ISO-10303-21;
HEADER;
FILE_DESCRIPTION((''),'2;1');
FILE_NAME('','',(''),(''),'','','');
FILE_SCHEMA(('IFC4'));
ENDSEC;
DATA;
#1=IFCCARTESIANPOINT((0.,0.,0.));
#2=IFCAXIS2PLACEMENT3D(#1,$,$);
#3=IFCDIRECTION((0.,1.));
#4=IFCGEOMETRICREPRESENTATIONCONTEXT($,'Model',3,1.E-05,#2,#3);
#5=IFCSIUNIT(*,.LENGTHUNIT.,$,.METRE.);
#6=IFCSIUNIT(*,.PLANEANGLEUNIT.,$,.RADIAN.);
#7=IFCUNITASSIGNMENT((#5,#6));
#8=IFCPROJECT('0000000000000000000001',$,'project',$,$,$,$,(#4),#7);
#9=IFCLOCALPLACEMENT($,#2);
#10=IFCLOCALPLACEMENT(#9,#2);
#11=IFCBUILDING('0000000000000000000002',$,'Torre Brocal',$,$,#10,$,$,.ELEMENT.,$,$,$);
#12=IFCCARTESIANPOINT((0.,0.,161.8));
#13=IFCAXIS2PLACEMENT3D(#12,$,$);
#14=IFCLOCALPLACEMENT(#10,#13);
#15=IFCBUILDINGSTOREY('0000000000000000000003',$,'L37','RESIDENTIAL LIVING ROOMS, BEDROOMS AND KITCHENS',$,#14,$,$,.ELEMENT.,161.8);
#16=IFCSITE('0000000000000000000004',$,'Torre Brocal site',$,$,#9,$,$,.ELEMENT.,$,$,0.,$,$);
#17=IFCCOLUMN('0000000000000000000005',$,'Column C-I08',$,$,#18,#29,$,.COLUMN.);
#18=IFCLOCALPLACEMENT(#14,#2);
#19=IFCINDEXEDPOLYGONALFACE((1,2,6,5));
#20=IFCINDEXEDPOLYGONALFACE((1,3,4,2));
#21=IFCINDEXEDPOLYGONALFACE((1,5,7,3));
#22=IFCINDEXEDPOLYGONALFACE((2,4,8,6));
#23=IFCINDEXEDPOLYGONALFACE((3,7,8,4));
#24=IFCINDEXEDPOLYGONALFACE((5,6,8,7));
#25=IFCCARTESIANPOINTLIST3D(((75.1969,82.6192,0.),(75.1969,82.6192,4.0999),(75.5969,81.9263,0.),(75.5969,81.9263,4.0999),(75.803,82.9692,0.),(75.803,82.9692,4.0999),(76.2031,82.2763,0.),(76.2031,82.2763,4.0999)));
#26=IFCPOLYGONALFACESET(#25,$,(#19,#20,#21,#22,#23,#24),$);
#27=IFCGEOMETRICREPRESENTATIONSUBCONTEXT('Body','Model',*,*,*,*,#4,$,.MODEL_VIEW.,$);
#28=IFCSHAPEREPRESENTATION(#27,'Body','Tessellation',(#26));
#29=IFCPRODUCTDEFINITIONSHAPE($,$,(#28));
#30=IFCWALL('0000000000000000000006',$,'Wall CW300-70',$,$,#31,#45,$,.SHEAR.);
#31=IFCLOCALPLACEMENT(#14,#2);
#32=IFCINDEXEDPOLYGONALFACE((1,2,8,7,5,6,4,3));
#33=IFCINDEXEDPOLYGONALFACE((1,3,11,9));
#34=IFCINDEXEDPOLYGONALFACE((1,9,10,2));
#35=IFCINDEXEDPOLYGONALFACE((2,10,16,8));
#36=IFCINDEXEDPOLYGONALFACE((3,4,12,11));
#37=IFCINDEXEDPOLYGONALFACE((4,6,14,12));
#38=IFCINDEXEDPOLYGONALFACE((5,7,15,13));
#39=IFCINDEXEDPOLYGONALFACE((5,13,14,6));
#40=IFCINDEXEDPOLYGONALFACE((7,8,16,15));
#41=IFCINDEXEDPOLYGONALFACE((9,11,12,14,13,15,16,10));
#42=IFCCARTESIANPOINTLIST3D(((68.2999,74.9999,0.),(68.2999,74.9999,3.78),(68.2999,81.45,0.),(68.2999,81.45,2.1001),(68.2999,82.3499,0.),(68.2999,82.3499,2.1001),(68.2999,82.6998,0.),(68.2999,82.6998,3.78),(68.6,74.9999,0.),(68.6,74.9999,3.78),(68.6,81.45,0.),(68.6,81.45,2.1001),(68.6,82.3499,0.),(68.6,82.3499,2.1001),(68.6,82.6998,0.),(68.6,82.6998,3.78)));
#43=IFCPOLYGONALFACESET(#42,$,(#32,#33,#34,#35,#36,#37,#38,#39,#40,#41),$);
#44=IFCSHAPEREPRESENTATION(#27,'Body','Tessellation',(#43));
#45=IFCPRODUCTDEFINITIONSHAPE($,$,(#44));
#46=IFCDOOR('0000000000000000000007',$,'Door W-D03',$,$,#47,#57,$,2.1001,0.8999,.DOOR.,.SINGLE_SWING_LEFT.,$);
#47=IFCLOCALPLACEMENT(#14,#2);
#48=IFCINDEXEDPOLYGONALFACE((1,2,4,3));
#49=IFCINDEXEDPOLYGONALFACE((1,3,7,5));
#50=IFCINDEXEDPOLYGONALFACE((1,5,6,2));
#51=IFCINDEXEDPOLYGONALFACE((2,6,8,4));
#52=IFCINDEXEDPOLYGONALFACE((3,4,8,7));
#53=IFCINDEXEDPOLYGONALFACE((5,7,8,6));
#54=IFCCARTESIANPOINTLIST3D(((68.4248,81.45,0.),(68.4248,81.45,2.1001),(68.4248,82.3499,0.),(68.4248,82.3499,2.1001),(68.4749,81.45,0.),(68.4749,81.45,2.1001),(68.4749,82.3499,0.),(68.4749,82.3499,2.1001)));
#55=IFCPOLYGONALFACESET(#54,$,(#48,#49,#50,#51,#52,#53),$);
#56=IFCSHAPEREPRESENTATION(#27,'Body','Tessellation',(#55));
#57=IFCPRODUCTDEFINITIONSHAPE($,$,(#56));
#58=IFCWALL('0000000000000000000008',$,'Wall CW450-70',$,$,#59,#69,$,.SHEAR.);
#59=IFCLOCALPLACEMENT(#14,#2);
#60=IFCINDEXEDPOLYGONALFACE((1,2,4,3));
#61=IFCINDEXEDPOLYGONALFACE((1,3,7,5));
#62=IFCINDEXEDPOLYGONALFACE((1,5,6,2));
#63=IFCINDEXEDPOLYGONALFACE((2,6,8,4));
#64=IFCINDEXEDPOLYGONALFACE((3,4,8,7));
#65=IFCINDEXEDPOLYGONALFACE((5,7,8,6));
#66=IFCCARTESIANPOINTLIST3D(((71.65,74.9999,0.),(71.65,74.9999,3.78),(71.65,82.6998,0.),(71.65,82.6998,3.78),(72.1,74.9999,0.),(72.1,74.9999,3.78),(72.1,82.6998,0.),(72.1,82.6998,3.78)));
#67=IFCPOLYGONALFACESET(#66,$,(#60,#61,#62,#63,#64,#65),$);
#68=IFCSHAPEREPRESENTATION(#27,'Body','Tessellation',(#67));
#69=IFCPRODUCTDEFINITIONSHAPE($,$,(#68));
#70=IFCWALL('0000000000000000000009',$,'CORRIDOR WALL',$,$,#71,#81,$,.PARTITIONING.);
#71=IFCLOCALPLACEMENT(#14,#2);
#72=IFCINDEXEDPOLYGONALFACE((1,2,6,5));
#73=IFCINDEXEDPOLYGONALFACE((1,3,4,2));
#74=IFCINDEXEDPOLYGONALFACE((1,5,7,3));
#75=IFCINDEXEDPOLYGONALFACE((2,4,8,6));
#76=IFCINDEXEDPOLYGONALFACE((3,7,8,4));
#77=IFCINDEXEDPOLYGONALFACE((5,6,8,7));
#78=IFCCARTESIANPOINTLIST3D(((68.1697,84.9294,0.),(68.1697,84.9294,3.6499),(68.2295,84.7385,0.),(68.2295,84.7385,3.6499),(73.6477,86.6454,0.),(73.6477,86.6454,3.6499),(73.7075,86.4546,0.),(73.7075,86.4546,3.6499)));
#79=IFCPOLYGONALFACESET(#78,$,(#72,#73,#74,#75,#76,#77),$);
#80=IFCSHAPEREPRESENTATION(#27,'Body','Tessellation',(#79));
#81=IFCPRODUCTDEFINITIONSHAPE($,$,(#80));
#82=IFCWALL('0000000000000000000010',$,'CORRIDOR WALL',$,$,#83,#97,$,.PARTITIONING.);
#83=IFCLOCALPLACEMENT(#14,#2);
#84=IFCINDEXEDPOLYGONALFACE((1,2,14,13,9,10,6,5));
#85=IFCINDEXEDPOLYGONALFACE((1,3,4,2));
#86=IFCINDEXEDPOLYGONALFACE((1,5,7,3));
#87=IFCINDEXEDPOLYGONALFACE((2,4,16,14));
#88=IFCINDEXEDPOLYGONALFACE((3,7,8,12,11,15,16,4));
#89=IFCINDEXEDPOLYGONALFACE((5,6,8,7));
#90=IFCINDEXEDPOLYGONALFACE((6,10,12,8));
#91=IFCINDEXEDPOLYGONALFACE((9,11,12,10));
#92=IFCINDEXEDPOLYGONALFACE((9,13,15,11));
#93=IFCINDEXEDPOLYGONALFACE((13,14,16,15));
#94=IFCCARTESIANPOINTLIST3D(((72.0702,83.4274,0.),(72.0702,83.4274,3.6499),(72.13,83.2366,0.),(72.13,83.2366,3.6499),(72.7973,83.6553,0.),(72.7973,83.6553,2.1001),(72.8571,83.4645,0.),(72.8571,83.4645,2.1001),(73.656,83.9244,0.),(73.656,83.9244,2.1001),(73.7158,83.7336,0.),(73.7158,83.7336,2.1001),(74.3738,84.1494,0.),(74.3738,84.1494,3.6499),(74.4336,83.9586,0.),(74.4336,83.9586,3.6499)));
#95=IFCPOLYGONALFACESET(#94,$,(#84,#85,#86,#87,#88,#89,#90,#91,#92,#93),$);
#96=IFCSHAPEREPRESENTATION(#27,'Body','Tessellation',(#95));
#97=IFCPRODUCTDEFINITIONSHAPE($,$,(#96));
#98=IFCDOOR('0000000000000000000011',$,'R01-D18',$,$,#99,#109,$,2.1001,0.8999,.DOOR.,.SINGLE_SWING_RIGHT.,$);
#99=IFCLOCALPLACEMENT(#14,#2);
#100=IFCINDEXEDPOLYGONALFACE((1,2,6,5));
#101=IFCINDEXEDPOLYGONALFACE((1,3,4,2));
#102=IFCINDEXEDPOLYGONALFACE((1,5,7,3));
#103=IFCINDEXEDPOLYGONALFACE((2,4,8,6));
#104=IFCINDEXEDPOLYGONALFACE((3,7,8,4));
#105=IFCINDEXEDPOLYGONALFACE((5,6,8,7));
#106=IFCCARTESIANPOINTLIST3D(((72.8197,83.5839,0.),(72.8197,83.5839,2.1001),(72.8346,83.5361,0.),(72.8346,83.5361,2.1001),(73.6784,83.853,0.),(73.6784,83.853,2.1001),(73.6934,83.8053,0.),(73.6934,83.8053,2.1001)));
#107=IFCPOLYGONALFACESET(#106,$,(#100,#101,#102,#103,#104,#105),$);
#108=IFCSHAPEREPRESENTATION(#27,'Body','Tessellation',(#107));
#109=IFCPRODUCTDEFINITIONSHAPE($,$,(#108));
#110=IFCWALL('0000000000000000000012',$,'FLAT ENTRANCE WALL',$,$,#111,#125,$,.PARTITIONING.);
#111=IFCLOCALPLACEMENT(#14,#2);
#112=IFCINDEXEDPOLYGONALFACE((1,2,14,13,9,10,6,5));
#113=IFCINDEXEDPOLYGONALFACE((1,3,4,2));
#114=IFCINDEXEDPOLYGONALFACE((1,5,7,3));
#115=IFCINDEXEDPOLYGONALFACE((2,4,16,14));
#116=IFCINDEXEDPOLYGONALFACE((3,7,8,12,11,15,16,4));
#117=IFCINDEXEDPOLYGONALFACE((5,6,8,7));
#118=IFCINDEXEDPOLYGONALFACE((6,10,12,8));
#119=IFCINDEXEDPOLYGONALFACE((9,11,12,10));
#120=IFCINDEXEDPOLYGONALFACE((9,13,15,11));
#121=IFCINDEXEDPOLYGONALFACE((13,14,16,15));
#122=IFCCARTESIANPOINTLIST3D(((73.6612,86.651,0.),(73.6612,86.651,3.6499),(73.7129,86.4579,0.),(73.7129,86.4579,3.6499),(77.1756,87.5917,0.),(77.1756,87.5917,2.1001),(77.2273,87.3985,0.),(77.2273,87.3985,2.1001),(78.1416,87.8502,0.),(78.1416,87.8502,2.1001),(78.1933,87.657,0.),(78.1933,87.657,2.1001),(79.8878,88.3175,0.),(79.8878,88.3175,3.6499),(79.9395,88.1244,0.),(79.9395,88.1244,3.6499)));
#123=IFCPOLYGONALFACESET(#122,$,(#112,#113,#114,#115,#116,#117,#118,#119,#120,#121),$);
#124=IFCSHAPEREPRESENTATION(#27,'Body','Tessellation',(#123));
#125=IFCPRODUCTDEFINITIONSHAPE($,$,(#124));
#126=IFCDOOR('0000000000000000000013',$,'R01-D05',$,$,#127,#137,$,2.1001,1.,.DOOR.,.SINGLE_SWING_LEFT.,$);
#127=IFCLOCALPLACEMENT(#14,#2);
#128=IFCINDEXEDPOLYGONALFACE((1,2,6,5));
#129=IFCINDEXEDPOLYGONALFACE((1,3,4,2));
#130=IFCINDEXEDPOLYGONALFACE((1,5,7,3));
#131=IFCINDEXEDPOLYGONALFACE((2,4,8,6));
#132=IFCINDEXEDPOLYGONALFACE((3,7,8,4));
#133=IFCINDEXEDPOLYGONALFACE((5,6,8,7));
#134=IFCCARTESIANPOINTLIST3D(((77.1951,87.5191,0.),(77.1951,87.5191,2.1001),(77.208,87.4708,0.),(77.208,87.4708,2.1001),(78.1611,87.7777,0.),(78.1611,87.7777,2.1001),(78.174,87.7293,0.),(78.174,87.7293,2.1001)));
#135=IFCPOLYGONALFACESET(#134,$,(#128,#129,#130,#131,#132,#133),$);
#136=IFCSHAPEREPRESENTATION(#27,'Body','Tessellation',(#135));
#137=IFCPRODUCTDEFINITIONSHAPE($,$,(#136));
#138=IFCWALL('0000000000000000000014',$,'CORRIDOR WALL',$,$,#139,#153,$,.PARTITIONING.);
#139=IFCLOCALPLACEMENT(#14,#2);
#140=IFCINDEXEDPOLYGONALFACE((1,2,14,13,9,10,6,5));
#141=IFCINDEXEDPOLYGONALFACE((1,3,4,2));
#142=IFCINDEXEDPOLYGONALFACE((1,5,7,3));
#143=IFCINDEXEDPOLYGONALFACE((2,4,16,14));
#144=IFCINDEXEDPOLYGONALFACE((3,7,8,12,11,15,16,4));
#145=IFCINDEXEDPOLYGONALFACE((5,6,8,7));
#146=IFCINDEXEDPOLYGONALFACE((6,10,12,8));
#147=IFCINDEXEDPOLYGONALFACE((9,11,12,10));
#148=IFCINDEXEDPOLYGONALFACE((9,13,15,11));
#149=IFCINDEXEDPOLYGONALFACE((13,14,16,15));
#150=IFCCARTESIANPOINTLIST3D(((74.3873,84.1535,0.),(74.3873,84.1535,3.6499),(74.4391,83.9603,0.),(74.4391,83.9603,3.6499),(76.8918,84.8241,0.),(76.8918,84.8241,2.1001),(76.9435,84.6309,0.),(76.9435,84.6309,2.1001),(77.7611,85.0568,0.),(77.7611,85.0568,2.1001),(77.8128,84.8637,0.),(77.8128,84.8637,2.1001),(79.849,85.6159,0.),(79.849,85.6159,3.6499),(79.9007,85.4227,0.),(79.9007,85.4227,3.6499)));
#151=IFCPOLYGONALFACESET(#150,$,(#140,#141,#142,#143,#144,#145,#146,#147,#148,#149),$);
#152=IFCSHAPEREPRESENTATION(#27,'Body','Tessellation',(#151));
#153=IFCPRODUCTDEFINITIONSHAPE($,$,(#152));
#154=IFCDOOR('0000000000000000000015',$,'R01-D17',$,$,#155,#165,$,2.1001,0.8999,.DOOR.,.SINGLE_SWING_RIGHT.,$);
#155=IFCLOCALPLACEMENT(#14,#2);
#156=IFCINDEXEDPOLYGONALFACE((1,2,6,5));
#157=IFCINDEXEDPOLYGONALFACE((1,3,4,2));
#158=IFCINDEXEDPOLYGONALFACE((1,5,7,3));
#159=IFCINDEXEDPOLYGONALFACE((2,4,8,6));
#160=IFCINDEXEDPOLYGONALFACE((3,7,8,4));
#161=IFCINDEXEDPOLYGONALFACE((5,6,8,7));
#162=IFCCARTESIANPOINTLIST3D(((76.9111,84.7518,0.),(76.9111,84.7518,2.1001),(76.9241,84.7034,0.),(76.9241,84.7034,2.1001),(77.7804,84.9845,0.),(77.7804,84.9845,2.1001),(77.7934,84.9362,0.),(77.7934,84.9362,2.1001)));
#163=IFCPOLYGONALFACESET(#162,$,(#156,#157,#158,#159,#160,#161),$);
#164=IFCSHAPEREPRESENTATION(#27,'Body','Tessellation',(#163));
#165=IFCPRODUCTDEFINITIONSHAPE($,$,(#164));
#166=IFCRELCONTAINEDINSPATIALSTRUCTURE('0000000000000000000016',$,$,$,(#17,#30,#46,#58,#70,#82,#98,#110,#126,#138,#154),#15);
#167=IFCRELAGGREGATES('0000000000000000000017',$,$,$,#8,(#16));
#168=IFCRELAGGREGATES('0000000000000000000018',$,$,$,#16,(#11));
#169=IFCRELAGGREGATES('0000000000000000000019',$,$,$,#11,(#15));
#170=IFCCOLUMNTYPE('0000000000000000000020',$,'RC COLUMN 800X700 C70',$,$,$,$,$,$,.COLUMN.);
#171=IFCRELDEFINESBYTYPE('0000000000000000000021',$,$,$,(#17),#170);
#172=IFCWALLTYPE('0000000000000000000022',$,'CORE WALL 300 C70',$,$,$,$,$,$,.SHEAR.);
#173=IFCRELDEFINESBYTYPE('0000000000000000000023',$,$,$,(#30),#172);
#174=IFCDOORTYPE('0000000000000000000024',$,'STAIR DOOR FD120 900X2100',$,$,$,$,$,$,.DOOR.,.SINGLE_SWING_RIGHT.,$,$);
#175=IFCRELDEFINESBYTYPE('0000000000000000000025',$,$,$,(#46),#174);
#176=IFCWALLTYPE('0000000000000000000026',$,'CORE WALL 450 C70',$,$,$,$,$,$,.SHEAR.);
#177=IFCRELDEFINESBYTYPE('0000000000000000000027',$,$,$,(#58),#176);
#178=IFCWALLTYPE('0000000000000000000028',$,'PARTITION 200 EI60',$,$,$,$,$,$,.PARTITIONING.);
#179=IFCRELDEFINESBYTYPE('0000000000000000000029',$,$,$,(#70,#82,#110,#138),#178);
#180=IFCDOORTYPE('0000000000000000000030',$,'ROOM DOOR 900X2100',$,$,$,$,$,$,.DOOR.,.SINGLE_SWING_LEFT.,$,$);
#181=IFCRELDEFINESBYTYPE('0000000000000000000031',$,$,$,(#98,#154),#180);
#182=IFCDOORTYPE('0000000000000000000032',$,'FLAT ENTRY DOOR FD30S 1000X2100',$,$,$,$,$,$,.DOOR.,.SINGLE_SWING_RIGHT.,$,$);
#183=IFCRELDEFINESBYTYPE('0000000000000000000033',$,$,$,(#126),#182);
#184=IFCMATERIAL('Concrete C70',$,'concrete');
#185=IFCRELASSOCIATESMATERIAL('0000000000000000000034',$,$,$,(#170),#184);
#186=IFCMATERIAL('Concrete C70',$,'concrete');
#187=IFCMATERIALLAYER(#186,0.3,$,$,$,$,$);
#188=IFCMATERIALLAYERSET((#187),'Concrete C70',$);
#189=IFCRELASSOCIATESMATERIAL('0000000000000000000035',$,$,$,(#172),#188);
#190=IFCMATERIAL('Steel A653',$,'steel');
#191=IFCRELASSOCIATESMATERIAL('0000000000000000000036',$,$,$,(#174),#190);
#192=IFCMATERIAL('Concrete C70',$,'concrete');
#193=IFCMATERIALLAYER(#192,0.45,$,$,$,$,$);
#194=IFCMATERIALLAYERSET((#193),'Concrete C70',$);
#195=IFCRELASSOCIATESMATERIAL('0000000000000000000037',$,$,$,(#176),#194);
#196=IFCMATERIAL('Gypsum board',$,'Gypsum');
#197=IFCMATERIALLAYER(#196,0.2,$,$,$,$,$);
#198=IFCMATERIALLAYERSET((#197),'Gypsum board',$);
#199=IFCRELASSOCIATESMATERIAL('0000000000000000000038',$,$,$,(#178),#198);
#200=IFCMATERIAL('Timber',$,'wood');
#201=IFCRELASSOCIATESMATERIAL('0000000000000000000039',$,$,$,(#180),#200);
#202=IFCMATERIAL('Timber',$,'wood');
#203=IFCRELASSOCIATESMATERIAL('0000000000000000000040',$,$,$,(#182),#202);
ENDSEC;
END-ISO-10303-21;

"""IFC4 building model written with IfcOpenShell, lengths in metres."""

from ifc_helpers import new_model, si_unit, direction, frame, frame_2d, origin, origin_2d, place, context, subcontext, project, spatial, rectangle, extrude, material, layer, layer_set, material_profile, profile_set, type_object, element, fill, save


model = new_model("IFC4")

# Units and contexts
model_context = context("Model", 3, precision=1e-05, world=origin(), true_north=direction((0.0, 1.0)))
body_context = subcontext(model_context, "Body", "Model", "MODEL_VIEW")
ifc_project = project(units=[si_unit("LENGTHUNIT", "METRE"), si_unit("PLANEANGLEUNIT", "RADIAN")], contexts=[model_context])

# Site, building, storey
site_placement = place(None, origin())
site = spatial("IfcSite", under=ifc_project, at=site_placement, Name="Torre Brocal site", CompositionType="ELEMENT", RefElevation=0.0)
building_placement = place(site_placement, origin())
building = spatial("IfcBuilding", under=site, at=building_placement, Name="Torre Brocal", CompositionType="ELEMENT")
storey_placement = place(building_placement, frame((0.0, 0.0, 161.8)))
storey = spatial("IfcBuildingStorey", under=building, at=storey_placement, Name="L37", Description="RESIDENTIAL LIVING ROOMS, BEDROOMS AND KITCHENS", CompositionType="ELEMENT", Elevation=161.8)

# Column
ifc_material_1 = material(Name="Concrete C70", Category="concrete")
ifc_material_profile = material_profile(ifc_material_1, rectangle(XDim=0.8, YDim=0.7, at=origin_2d()), Name="RC 800X700")
ifc_profile_set = profile_set([ifc_material_profile], Name="Concrete C70")
column_type = type_object("IfcColumnType", Name="RC COLUMN 800X700 C70", PredefinedType="COLUMN", material=ifc_profile_set)
column_placement = place(storey_placement, frame((75.7, 82.4478, 0.0), z_axis=(0.0, 0.0, 1.0), x_axis=(-0.5, 0.866025, 0.0)))
element("IfcColumn", 1, at=column_placement, inside=storey, type_object=column_type, Name="Column C-I08", PredefinedType="COLUMN", context=body_context, shape_type="SweptSolid", body=[
    extrude(rectangle(XDim=0.8, YDim=0.7, at=origin_2d()), origin(), (0.0, 0.0, 1.0), 4.0999),
])

# Wall, opening, door
ifc_material_2 = material(Name="Concrete C70", Category="concrete")
ifc_layer_1 = layer(ifc_material_2, 0.3)
ifc_layer_set_1 = layer_set([ifc_layer_1], Name="Concrete C70")
wall_type_1 = type_object("IfcWallType", Name="CORE WALL 300 C70", PredefinedType="SHEAR", material=ifc_layer_set_1)
wall_1_placement = place(storey_placement, frame((68.45, 82.7, 0.0), z_axis=(0.0, 0.0, 1.0), x_axis=(0.0, -1.0, 0.0)))
wall_1 = element("IfcWall", 2, at=wall_1_placement, inside=storey, type_object=wall_type_1, Name="Wall CW300-70", PredefinedType="SHEAR", context=body_context, shape_type="SweptSolid", body=[
    extrude(rectangle(XDim=7.7, YDim=0.3, at=frame_2d((3.8501, 0.0))), origin(), (0.0, 0.0, 1.0), 3.78),
])
opening_1_placement = place(wall_1_placement, frame((0.3501, 0.0, 0.0)))
opening_1 = element("IfcOpeningElement", 3, at=opening_1_placement, cuts=wall_1, PredefinedType="OPENING", context=body_context, shape_type="SweptSolid", body=[
    extrude(rectangle(XDim=0.8999, YDim=2.1001, at=frame_2d((0.45, 1.05))), frame((0.0, 0.1599, 0.0), z_axis=(0.0, -1.0, 0.0), x_axis=(1.0, 0.0, 0.0)), (0.0, 0.0, 1.0), 0.3201),
])
ifc_material_3 = material(Name="Steel A653", Category="steel")
door_type_1 = type_object("IfcDoorType", Name="STAIR DOOR FD120 900X2100", OperationType="SINGLE_SWING_RIGHT", PredefinedType="DOOR", material=ifc_material_3)
door_1_placement = place(opening_1_placement, origin())
door_1 = element("IfcDoor", 4, at=door_1_placement, inside=storey, type_object=door_type_1, Name="Door W-D03", OperationType="SINGLE_SWING_LEFT", OverallHeight=2.1001, OverallWidth=0.8999, PredefinedType="DOOR", context=body_context, shape_type="SweptSolid", body=[
    extrude(rectangle(XDim=0.8999, YDim=2.1001, at=frame_2d((0.45, 1.05))), frame((0.0, 0.0249, 0.0), z_axis=(0.0, -1.0, 0.0), x_axis=(1.0, 0.0, 0.0)), (0.0, 0.0, 1.0), 0.05),
])
fill(opening_1, door_1)

# Wall
ifc_material_4 = material(Name="Concrete C70", Category="concrete")
ifc_layer_2 = layer(ifc_material_4, 0.45)
ifc_layer_set_2 = layer_set([ifc_layer_2], Name="Concrete C70")
wall_type_2 = type_object("IfcWallType", Name="CORE WALL 450 C70", PredefinedType="SHEAR", material=ifc_layer_set_2)
wall_2_placement = place(storey_placement, frame((71.875, 82.7, 0.0), z_axis=(0.0, 0.0, 1.0), x_axis=(0.0, -1.0, 0.0)))
element("IfcWall", 5, at=wall_2_placement, inside=storey, type_object=wall_type_2, Name="Wall CW450-70", PredefinedType="SHEAR", context=body_context, shape_type="SweptSolid", body=[
    extrude(rectangle(XDim=7.7, YDim=0.45, at=frame_2d((3.8501, 0.0))), origin(), (0.0, 0.0, 1.0), 3.78),
])

# Wall
ifc_material_5 = material(Name="Gypsum board", Category="Gypsum")
ifc_layer_3 = layer(ifc_material_5, 0.2)
ifc_layer_set_3 = layer_set([ifc_layer_3], Name="Gypsum board")
wall_type_3 = type_object("IfcWallType", Name="PARTITION 200 EI60", PredefinedType="PARTITIONING", material=ifc_layer_set_3)
wall_3_placement = place(storey_placement, frame((68.1997, 84.834, 0.0), z_axis=(0.0, 0.0, 1.0), x_axis=(0.954272, 0.298938, 0.0)))
element("IfcWall", 6, at=wall_3_placement, inside=storey, type_object=wall_type_3, Name="CORRIDOR WALL", PredefinedType="PARTITIONING", context=body_context, shape_type="SweptSolid", body=[
    extrude(rectangle(XDim=5.7405, YDim=0.2, at=frame_2d((2.8701, 0.0))), origin(), (0.0, 0.0, 1.0), 3.6499),
])

# Walls, openings, doors
wall_4_placement = place(storey_placement, frame((72.1001, 83.332, 0.0), z_axis=(0.0, 0.0, 1.0), x_axis=(0.954233, 0.299064, 0.0)))
wall_4 = element("IfcWall", 7, at=wall_4_placement, inside=storey, type_object=wall_type_3, Name="CORRIDOR WALL", PredefinedType="PARTITIONING", context=body_context, shape_type="SweptSolid", body=[
    extrude(rectangle(XDim=2.4141, YDim=0.2, at=frame_2d((1.207, 0.0))), origin(), (0.0, 0.0, 1.0), 3.6499),
])
opening_2_placement = place(wall_4_placement, frame((0.762, 0.0, 0.0)))
opening_2 = element("IfcOpeningElement", 8, at=opening_2_placement, cuts=wall_4, PredefinedType="OPENING", context=body_context, shape_type="SweptSolid", body=[
    extrude(rectangle(XDim=0.8999, YDim=2.1001, at=frame_2d((0.45, 1.05))), frame((0.0, 0.1099, 0.0), z_axis=(0.0, -1.0, 0.0), x_axis=(1.0, 0.0, 0.0)), (0.0, 0.0, 1.0), 0.22),
])
ifc_material_6 = material(Name="Timber", Category="wood")
door_type_2 = type_object("IfcDoorType", Name="ROOM DOOR 900X2100", OperationType="SINGLE_SWING_LEFT", PredefinedType="DOOR", material=ifc_material_6)
door_2_placement = place(opening_2_placement, frame((0.8999, 0.0, 0.0), z_axis=(0.0, 0.0, 1.0), x_axis=(-1.0, 0.0, 0.0)))
door_2 = element("IfcDoor", 9, at=door_2_placement, inside=storey, type_object=door_type_2, Name="R01-D18", OperationType="SINGLE_SWING_RIGHT", OverallHeight=2.1001, OverallWidth=0.8999, PredefinedType="DOOR", context=body_context, shape_type="SweptSolid", body=[
    extrude(rectangle(XDim=0.8999, YDim=2.1001, at=frame_2d((0.45, 1.05))), frame((0.0, 0.0249, 0.0), z_axis=(0.0, -1.0, 0.0), x_axis=(1.0, 0.0, 0.0)), (0.0, 0.0, 1.0), 0.05),
])
fill(opening_2, door_2)
wall_5_placement = place(storey_placement, frame((73.687, 86.5544, 0.0), z_axis=(0.0, 0.0, 1.0), x_axis=(0.965999, 0.258544, 0.0)))
wall_5 = element("IfcWall", 10, at=wall_5_placement, inside=storey, type_object=wall_type_3, Name="FLAT ENTRANCE WALL", PredefinedType="PARTITIONING", context=body_context, shape_type="SweptSolid", body=[
    extrude(rectangle(XDim=6.4458, YDim=0.2, at=frame_2d((3.2229, 0.0))), origin(), (0.0, 0.0, 1.0), 3.6499),
])
opening_3_placement = place(wall_5_placement, frame((3.6382, 0.0, 0.0)))
opening_3 = element("IfcOpeningElement", 11, at=opening_3_placement, cuts=wall_5, PredefinedType="OPENING", context=body_context, shape_type="SweptSolid", body=[
    extrude(rectangle(XDim=1.0, YDim=2.1001, at=frame_2d((0.5, 1.05))), frame((0.0, 0.1099, 0.0), z_axis=(0.0, -1.0, 0.0), x_axis=(1.0, 0.0, 0.0)), (0.0, 0.0, 1.0), 0.22),
])
ifc_material_7 = material(Name="Timber", Category="wood")
door_type_3 = type_object("IfcDoorType", Name="FLAT ENTRY DOOR FD30S 1000X2100", OperationType="SINGLE_SWING_RIGHT", PredefinedType="DOOR", material=ifc_material_7)
door_3_placement = place(opening_3_placement, origin())
door_3 = element("IfcDoor", 12, at=door_3_placement, inside=storey, type_object=door_type_3, Name="R01-D05", OperationType="SINGLE_SWING_LEFT", OverallHeight=2.1001, OverallWidth=1.0, PredefinedType="DOOR", context=body_context, shape_type="SweptSolid", body=[
    extrude(rectangle(XDim=1.0, YDim=2.1001, at=frame_2d((0.5, 1.05))), frame((0.0, 0.0249, 0.0), z_axis=(0.0, -1.0, 0.0), x_axis=(1.0, 0.0, 0.0)), (0.0, 0.0, 1.0), 0.05),
])
fill(opening_3, door_3)
wall_6_placement = place(storey_placement, frame((74.4131, 84.0569, 0.0), z_axis=(0.0, 0.0, 1.0), x_axis=(0.965972, 0.258646, 0.0)))
wall_6 = element("IfcWall", 13, at=wall_6_placement, inside=storey, type_object=wall_type_3, Name="CORRIDOR WALL", PredefinedType="PARTITIONING", context=body_context, shape_type="SweptSolid", body=[
    extrude(rectangle(XDim=5.6541, YDim=0.2, at=frame_2d((2.8271, 0.0))), origin(), (0.0, 0.0, 1.0), 3.6499),
])
opening_4_placement = place(wall_6_placement, frame((2.5928, 0.0, 0.0)))
opening_4 = element("IfcOpeningElement", 14, at=opening_4_placement, cuts=wall_6, PredefinedType="OPENING", context=body_context, shape_type="SweptSolid", body=[
    extrude(rectangle(XDim=0.8999, YDim=2.1001, at=frame_2d((0.45, 1.05))), frame((0.0, 0.1099, 0.0), z_axis=(0.0, -1.0, 0.0), x_axis=(1.0, 0.0, 0.0)), (0.0, 0.0, 1.0), 0.22),
])
door_4_placement = place(opening_4_placement, frame((0.8999, 0.0, 0.0), z_axis=(0.0, 0.0, 1.0), x_axis=(-1.0, 0.0, 0.0)))
door_4 = element("IfcDoor", 15, at=door_4_placement, inside=storey, type_object=door_type_2, Name="R01-D17", OperationType="SINGLE_SWING_RIGHT", OverallHeight=2.1001, OverallWidth=0.8999, PredefinedType="DOOR", context=body_context, shape_type="SweptSolid", body=[
    extrude(rectangle(XDim=0.8999, YDim=2.1001, at=frame_2d((0.45, 1.05))), frame((0.0, 0.0249, 0.0), z_axis=(0.0, -1.0, 0.0), x_axis=(1.0, 0.0, 0.0)), (0.0, 0.0, 1.0), 0.05),
])
fill(opening_4, door_4)

save(model, "model.ifc")
